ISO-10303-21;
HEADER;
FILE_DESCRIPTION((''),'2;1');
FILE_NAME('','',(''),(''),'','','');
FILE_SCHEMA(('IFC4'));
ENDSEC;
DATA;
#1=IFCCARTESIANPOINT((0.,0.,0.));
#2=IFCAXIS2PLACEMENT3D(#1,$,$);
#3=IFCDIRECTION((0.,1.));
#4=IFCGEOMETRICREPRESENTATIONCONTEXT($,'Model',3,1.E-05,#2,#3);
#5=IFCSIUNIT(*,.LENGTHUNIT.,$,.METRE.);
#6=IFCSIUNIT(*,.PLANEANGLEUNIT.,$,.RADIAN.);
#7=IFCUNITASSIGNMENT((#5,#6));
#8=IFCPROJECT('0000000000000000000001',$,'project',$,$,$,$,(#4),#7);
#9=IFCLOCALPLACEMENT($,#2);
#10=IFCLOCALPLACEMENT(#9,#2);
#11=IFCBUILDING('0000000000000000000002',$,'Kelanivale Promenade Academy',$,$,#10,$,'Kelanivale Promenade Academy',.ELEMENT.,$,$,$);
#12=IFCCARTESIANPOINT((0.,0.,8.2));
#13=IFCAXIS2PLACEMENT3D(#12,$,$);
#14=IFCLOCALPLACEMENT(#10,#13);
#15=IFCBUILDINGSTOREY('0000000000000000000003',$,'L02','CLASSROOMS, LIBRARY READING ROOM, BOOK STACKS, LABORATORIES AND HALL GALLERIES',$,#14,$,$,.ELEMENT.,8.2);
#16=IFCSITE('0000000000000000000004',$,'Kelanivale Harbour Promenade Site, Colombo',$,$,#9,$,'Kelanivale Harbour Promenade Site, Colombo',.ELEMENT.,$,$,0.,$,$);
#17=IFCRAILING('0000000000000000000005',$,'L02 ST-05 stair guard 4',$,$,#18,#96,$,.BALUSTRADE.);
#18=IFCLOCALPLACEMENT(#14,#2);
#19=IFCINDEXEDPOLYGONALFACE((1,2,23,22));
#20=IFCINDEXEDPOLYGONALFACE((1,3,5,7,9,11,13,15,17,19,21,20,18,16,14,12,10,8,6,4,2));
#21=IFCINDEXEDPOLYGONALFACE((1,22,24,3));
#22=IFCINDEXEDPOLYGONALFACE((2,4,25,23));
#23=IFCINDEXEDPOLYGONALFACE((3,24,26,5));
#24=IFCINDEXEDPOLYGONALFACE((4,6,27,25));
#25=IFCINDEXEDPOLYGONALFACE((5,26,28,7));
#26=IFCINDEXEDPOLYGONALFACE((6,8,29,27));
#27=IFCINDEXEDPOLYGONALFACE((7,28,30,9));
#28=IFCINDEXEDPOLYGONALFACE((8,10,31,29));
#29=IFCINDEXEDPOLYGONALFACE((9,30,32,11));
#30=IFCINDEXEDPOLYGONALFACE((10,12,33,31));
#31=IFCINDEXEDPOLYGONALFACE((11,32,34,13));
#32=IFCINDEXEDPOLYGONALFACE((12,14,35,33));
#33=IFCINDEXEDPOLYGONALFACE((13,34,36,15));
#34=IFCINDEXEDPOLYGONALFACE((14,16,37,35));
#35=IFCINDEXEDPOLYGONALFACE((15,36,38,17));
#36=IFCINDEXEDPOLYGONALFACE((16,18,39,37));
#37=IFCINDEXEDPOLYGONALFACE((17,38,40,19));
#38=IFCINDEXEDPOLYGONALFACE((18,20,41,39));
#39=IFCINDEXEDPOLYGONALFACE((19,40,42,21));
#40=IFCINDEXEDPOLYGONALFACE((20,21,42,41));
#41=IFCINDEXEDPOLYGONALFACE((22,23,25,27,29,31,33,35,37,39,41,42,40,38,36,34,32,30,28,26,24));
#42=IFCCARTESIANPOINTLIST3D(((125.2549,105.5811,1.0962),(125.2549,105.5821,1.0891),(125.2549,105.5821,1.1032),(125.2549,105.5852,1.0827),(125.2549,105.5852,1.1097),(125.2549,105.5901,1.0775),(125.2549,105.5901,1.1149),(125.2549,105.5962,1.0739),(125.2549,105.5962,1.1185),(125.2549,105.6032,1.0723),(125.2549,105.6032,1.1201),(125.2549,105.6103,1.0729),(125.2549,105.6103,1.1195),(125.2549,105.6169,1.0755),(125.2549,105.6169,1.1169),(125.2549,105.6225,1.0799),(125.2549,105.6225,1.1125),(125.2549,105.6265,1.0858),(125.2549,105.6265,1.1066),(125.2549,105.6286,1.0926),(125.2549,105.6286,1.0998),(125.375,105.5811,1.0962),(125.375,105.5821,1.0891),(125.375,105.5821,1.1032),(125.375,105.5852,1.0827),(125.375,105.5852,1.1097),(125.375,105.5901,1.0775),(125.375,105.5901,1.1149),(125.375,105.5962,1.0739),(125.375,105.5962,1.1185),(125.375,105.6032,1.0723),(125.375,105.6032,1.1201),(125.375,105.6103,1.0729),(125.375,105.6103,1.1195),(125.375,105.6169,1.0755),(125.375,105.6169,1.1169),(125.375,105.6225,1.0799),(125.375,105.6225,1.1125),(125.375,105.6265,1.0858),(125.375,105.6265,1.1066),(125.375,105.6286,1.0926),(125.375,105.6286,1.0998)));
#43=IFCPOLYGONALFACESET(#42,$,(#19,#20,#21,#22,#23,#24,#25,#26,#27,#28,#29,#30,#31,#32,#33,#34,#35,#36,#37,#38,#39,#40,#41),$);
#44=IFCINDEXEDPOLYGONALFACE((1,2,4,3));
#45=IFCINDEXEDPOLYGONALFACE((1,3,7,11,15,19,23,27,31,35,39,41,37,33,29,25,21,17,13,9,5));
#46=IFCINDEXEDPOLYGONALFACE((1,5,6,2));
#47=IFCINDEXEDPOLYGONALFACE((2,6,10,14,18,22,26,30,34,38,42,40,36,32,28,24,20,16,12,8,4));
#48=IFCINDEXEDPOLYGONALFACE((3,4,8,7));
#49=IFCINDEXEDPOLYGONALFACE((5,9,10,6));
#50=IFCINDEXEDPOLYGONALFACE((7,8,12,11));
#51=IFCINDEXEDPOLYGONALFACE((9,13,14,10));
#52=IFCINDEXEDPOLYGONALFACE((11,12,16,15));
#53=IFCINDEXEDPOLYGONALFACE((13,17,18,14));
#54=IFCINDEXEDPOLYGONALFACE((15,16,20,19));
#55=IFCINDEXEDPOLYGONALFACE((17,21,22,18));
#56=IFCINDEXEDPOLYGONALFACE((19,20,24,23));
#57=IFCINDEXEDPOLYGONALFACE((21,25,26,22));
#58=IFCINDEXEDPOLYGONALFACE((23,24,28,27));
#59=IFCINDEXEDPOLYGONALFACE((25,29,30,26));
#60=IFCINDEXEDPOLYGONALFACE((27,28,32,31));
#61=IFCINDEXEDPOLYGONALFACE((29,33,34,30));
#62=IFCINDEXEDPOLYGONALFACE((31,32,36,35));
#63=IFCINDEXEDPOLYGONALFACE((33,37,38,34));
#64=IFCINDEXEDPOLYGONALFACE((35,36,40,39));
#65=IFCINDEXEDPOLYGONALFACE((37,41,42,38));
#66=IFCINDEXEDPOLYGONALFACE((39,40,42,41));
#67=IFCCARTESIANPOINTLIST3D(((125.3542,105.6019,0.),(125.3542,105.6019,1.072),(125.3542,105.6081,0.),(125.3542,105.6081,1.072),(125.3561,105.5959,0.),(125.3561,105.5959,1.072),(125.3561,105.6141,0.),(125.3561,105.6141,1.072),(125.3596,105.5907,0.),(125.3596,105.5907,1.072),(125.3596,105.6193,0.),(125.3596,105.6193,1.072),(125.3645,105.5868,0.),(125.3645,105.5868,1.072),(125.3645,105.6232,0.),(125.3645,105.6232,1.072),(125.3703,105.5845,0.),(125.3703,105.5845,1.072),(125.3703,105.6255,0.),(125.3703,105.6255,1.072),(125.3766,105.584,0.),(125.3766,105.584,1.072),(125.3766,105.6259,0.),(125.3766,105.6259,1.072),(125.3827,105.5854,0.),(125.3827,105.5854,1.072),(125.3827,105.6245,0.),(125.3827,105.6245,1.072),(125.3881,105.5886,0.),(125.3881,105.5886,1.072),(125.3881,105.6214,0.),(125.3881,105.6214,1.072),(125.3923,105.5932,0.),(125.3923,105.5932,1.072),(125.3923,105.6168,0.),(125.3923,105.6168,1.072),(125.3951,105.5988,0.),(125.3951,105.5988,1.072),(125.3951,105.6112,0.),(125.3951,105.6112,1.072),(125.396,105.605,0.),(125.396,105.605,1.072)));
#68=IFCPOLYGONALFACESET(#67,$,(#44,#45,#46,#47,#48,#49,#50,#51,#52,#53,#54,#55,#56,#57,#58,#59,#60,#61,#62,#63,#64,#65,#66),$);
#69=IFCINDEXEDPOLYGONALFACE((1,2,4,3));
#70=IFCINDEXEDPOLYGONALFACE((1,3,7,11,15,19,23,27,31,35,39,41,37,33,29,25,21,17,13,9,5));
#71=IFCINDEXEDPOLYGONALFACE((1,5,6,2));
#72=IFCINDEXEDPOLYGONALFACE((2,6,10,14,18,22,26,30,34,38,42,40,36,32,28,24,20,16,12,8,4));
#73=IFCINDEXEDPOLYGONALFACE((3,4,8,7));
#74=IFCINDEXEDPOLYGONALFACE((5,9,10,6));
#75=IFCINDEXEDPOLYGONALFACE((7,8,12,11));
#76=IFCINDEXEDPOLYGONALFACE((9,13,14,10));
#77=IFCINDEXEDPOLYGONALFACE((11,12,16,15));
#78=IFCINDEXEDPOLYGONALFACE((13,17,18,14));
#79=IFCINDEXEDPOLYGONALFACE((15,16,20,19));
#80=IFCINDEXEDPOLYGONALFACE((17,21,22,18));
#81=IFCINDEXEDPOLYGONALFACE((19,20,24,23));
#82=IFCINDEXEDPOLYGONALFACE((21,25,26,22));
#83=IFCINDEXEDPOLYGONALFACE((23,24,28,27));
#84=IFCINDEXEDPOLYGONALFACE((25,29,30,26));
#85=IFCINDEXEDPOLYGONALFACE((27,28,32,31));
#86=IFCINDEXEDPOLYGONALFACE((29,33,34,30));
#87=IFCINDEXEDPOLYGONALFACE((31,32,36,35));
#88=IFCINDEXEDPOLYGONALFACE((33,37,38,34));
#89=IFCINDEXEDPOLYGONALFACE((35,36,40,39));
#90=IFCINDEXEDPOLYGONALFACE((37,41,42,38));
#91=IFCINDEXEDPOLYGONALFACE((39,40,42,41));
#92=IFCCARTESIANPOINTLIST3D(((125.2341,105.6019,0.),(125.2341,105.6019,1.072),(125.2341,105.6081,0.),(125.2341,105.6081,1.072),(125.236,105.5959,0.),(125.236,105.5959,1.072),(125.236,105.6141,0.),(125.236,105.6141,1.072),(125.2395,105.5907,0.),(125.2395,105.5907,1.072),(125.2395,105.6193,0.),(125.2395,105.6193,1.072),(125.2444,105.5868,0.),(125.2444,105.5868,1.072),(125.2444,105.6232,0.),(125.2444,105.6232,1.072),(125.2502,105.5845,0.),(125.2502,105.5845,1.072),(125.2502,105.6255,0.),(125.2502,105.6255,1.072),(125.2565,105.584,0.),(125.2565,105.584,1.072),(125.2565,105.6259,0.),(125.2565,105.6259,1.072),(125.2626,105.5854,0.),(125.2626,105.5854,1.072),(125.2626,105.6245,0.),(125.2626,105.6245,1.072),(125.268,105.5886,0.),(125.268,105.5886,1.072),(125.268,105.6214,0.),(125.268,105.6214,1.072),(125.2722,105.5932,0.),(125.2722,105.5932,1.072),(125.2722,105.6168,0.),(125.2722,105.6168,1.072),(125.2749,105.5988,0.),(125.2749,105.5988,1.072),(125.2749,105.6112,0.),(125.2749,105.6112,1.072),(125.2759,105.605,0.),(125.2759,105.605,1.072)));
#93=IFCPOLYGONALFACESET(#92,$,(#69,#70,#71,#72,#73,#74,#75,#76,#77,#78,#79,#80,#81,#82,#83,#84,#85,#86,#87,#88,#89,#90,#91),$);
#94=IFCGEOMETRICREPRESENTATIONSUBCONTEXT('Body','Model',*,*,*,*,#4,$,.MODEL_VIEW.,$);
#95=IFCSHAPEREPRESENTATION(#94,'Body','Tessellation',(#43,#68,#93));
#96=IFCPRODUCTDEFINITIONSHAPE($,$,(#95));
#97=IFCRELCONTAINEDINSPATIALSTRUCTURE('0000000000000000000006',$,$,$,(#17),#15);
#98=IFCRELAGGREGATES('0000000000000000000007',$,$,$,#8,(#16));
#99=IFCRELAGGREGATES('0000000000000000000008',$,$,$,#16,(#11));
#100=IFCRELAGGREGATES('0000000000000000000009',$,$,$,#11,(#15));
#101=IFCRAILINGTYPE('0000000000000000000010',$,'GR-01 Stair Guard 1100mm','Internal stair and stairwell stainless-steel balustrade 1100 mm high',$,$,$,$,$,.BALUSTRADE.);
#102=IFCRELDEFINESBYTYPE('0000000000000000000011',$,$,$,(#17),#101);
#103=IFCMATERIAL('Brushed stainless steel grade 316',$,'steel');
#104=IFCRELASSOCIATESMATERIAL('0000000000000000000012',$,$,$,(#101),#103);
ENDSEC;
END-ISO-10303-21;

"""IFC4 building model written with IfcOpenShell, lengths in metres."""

from ifc_helpers import new_model, si_unit, direction, frame, origin, origin_2d, place, context, subcontext, project, spatial, circle, extrude, material, type_object, element, save


model = new_model("IFC4")

# Units and contexts
model_context = context("Model", 3, precision=1e-05, world=origin(), true_north=direction((0.0, 1.0)))
body_context = subcontext(model_context, "Body", "Model", "MODEL_VIEW")
ifc_project = project(units=[si_unit("LENGTHUNIT", "METRE"), si_unit("PLANEANGLEUNIT", "RADIAN")], contexts=[model_context])

# Site, building, storey
site_placement = place(None, origin())
site = spatial("IfcSite", under=ifc_project, at=site_placement, Name="Kelanivale Harbour Promenade Site, Colombo", LongName="Kelanivale Harbour Promenade Site, Colombo", CompositionType="ELEMENT", RefElevation=0.0)
building_placement = place(site_placement, origin())
building = spatial("IfcBuilding", under=site, at=building_placement, Name="Kelanivale Promenade Academy", LongName="Kelanivale Promenade Academy", CompositionType="ELEMENT")
storey_placement = place(building_placement, frame((0.0, 0.0, 8.2)))
storey = spatial("IfcBuildingStorey", under=building, at=storey_placement, Name="L02", Description="CLASSROOMS, LIBRARY READING ROOM, BOOK STACKS, LABORATORIES AND HALL GALLERIES", CompositionType="ELEMENT", Elevation=8.2)

# Railing
ifc_material_1 = material(Name="Brushed stainless steel grade 316", Category="steel")
railing_type_1 = type_object("IfcRailingType", Name="GR-01 Stair Guard 1100mm", Description="Internal stair and stairwell stainless-steel balustrade 1100 mm high", PredefinedType="BALUSTRADE", material=ifc_material_1)
railing_1_placement = place(storey_placement, frame((125.375, 105.605, 0.0)))
element("IfcRailing", 1, at=railing_1_placement, inside=storey, type_object=railing_type_1, Name="L02 ST-05 stair guard 4", PredefinedType="BALUSTRADE", context=body_context, shape_type="SweptSolid", body=[
    extrude(circle(Radius=0.0239, at=origin_2d()), frame((0.0, 0.0, 1.0962), z_axis=(-1.0, 0.0, 0.0), x_axis=(0.0, -1.0, 0.0)), (0.0, 0.0, 1.0), 0.1201),
    extrude(circle(Radius=0.021, at=origin_2d()), origin(), (0.0, 0.0, 1.0), 1.072),
    extrude(circle(Radius=0.021, at=origin_2d()), frame((-0.1201, 0.0, 0.0)), (0.0, 0.0, 1.0), 1.072),
])

save(model, "model.ifc")
